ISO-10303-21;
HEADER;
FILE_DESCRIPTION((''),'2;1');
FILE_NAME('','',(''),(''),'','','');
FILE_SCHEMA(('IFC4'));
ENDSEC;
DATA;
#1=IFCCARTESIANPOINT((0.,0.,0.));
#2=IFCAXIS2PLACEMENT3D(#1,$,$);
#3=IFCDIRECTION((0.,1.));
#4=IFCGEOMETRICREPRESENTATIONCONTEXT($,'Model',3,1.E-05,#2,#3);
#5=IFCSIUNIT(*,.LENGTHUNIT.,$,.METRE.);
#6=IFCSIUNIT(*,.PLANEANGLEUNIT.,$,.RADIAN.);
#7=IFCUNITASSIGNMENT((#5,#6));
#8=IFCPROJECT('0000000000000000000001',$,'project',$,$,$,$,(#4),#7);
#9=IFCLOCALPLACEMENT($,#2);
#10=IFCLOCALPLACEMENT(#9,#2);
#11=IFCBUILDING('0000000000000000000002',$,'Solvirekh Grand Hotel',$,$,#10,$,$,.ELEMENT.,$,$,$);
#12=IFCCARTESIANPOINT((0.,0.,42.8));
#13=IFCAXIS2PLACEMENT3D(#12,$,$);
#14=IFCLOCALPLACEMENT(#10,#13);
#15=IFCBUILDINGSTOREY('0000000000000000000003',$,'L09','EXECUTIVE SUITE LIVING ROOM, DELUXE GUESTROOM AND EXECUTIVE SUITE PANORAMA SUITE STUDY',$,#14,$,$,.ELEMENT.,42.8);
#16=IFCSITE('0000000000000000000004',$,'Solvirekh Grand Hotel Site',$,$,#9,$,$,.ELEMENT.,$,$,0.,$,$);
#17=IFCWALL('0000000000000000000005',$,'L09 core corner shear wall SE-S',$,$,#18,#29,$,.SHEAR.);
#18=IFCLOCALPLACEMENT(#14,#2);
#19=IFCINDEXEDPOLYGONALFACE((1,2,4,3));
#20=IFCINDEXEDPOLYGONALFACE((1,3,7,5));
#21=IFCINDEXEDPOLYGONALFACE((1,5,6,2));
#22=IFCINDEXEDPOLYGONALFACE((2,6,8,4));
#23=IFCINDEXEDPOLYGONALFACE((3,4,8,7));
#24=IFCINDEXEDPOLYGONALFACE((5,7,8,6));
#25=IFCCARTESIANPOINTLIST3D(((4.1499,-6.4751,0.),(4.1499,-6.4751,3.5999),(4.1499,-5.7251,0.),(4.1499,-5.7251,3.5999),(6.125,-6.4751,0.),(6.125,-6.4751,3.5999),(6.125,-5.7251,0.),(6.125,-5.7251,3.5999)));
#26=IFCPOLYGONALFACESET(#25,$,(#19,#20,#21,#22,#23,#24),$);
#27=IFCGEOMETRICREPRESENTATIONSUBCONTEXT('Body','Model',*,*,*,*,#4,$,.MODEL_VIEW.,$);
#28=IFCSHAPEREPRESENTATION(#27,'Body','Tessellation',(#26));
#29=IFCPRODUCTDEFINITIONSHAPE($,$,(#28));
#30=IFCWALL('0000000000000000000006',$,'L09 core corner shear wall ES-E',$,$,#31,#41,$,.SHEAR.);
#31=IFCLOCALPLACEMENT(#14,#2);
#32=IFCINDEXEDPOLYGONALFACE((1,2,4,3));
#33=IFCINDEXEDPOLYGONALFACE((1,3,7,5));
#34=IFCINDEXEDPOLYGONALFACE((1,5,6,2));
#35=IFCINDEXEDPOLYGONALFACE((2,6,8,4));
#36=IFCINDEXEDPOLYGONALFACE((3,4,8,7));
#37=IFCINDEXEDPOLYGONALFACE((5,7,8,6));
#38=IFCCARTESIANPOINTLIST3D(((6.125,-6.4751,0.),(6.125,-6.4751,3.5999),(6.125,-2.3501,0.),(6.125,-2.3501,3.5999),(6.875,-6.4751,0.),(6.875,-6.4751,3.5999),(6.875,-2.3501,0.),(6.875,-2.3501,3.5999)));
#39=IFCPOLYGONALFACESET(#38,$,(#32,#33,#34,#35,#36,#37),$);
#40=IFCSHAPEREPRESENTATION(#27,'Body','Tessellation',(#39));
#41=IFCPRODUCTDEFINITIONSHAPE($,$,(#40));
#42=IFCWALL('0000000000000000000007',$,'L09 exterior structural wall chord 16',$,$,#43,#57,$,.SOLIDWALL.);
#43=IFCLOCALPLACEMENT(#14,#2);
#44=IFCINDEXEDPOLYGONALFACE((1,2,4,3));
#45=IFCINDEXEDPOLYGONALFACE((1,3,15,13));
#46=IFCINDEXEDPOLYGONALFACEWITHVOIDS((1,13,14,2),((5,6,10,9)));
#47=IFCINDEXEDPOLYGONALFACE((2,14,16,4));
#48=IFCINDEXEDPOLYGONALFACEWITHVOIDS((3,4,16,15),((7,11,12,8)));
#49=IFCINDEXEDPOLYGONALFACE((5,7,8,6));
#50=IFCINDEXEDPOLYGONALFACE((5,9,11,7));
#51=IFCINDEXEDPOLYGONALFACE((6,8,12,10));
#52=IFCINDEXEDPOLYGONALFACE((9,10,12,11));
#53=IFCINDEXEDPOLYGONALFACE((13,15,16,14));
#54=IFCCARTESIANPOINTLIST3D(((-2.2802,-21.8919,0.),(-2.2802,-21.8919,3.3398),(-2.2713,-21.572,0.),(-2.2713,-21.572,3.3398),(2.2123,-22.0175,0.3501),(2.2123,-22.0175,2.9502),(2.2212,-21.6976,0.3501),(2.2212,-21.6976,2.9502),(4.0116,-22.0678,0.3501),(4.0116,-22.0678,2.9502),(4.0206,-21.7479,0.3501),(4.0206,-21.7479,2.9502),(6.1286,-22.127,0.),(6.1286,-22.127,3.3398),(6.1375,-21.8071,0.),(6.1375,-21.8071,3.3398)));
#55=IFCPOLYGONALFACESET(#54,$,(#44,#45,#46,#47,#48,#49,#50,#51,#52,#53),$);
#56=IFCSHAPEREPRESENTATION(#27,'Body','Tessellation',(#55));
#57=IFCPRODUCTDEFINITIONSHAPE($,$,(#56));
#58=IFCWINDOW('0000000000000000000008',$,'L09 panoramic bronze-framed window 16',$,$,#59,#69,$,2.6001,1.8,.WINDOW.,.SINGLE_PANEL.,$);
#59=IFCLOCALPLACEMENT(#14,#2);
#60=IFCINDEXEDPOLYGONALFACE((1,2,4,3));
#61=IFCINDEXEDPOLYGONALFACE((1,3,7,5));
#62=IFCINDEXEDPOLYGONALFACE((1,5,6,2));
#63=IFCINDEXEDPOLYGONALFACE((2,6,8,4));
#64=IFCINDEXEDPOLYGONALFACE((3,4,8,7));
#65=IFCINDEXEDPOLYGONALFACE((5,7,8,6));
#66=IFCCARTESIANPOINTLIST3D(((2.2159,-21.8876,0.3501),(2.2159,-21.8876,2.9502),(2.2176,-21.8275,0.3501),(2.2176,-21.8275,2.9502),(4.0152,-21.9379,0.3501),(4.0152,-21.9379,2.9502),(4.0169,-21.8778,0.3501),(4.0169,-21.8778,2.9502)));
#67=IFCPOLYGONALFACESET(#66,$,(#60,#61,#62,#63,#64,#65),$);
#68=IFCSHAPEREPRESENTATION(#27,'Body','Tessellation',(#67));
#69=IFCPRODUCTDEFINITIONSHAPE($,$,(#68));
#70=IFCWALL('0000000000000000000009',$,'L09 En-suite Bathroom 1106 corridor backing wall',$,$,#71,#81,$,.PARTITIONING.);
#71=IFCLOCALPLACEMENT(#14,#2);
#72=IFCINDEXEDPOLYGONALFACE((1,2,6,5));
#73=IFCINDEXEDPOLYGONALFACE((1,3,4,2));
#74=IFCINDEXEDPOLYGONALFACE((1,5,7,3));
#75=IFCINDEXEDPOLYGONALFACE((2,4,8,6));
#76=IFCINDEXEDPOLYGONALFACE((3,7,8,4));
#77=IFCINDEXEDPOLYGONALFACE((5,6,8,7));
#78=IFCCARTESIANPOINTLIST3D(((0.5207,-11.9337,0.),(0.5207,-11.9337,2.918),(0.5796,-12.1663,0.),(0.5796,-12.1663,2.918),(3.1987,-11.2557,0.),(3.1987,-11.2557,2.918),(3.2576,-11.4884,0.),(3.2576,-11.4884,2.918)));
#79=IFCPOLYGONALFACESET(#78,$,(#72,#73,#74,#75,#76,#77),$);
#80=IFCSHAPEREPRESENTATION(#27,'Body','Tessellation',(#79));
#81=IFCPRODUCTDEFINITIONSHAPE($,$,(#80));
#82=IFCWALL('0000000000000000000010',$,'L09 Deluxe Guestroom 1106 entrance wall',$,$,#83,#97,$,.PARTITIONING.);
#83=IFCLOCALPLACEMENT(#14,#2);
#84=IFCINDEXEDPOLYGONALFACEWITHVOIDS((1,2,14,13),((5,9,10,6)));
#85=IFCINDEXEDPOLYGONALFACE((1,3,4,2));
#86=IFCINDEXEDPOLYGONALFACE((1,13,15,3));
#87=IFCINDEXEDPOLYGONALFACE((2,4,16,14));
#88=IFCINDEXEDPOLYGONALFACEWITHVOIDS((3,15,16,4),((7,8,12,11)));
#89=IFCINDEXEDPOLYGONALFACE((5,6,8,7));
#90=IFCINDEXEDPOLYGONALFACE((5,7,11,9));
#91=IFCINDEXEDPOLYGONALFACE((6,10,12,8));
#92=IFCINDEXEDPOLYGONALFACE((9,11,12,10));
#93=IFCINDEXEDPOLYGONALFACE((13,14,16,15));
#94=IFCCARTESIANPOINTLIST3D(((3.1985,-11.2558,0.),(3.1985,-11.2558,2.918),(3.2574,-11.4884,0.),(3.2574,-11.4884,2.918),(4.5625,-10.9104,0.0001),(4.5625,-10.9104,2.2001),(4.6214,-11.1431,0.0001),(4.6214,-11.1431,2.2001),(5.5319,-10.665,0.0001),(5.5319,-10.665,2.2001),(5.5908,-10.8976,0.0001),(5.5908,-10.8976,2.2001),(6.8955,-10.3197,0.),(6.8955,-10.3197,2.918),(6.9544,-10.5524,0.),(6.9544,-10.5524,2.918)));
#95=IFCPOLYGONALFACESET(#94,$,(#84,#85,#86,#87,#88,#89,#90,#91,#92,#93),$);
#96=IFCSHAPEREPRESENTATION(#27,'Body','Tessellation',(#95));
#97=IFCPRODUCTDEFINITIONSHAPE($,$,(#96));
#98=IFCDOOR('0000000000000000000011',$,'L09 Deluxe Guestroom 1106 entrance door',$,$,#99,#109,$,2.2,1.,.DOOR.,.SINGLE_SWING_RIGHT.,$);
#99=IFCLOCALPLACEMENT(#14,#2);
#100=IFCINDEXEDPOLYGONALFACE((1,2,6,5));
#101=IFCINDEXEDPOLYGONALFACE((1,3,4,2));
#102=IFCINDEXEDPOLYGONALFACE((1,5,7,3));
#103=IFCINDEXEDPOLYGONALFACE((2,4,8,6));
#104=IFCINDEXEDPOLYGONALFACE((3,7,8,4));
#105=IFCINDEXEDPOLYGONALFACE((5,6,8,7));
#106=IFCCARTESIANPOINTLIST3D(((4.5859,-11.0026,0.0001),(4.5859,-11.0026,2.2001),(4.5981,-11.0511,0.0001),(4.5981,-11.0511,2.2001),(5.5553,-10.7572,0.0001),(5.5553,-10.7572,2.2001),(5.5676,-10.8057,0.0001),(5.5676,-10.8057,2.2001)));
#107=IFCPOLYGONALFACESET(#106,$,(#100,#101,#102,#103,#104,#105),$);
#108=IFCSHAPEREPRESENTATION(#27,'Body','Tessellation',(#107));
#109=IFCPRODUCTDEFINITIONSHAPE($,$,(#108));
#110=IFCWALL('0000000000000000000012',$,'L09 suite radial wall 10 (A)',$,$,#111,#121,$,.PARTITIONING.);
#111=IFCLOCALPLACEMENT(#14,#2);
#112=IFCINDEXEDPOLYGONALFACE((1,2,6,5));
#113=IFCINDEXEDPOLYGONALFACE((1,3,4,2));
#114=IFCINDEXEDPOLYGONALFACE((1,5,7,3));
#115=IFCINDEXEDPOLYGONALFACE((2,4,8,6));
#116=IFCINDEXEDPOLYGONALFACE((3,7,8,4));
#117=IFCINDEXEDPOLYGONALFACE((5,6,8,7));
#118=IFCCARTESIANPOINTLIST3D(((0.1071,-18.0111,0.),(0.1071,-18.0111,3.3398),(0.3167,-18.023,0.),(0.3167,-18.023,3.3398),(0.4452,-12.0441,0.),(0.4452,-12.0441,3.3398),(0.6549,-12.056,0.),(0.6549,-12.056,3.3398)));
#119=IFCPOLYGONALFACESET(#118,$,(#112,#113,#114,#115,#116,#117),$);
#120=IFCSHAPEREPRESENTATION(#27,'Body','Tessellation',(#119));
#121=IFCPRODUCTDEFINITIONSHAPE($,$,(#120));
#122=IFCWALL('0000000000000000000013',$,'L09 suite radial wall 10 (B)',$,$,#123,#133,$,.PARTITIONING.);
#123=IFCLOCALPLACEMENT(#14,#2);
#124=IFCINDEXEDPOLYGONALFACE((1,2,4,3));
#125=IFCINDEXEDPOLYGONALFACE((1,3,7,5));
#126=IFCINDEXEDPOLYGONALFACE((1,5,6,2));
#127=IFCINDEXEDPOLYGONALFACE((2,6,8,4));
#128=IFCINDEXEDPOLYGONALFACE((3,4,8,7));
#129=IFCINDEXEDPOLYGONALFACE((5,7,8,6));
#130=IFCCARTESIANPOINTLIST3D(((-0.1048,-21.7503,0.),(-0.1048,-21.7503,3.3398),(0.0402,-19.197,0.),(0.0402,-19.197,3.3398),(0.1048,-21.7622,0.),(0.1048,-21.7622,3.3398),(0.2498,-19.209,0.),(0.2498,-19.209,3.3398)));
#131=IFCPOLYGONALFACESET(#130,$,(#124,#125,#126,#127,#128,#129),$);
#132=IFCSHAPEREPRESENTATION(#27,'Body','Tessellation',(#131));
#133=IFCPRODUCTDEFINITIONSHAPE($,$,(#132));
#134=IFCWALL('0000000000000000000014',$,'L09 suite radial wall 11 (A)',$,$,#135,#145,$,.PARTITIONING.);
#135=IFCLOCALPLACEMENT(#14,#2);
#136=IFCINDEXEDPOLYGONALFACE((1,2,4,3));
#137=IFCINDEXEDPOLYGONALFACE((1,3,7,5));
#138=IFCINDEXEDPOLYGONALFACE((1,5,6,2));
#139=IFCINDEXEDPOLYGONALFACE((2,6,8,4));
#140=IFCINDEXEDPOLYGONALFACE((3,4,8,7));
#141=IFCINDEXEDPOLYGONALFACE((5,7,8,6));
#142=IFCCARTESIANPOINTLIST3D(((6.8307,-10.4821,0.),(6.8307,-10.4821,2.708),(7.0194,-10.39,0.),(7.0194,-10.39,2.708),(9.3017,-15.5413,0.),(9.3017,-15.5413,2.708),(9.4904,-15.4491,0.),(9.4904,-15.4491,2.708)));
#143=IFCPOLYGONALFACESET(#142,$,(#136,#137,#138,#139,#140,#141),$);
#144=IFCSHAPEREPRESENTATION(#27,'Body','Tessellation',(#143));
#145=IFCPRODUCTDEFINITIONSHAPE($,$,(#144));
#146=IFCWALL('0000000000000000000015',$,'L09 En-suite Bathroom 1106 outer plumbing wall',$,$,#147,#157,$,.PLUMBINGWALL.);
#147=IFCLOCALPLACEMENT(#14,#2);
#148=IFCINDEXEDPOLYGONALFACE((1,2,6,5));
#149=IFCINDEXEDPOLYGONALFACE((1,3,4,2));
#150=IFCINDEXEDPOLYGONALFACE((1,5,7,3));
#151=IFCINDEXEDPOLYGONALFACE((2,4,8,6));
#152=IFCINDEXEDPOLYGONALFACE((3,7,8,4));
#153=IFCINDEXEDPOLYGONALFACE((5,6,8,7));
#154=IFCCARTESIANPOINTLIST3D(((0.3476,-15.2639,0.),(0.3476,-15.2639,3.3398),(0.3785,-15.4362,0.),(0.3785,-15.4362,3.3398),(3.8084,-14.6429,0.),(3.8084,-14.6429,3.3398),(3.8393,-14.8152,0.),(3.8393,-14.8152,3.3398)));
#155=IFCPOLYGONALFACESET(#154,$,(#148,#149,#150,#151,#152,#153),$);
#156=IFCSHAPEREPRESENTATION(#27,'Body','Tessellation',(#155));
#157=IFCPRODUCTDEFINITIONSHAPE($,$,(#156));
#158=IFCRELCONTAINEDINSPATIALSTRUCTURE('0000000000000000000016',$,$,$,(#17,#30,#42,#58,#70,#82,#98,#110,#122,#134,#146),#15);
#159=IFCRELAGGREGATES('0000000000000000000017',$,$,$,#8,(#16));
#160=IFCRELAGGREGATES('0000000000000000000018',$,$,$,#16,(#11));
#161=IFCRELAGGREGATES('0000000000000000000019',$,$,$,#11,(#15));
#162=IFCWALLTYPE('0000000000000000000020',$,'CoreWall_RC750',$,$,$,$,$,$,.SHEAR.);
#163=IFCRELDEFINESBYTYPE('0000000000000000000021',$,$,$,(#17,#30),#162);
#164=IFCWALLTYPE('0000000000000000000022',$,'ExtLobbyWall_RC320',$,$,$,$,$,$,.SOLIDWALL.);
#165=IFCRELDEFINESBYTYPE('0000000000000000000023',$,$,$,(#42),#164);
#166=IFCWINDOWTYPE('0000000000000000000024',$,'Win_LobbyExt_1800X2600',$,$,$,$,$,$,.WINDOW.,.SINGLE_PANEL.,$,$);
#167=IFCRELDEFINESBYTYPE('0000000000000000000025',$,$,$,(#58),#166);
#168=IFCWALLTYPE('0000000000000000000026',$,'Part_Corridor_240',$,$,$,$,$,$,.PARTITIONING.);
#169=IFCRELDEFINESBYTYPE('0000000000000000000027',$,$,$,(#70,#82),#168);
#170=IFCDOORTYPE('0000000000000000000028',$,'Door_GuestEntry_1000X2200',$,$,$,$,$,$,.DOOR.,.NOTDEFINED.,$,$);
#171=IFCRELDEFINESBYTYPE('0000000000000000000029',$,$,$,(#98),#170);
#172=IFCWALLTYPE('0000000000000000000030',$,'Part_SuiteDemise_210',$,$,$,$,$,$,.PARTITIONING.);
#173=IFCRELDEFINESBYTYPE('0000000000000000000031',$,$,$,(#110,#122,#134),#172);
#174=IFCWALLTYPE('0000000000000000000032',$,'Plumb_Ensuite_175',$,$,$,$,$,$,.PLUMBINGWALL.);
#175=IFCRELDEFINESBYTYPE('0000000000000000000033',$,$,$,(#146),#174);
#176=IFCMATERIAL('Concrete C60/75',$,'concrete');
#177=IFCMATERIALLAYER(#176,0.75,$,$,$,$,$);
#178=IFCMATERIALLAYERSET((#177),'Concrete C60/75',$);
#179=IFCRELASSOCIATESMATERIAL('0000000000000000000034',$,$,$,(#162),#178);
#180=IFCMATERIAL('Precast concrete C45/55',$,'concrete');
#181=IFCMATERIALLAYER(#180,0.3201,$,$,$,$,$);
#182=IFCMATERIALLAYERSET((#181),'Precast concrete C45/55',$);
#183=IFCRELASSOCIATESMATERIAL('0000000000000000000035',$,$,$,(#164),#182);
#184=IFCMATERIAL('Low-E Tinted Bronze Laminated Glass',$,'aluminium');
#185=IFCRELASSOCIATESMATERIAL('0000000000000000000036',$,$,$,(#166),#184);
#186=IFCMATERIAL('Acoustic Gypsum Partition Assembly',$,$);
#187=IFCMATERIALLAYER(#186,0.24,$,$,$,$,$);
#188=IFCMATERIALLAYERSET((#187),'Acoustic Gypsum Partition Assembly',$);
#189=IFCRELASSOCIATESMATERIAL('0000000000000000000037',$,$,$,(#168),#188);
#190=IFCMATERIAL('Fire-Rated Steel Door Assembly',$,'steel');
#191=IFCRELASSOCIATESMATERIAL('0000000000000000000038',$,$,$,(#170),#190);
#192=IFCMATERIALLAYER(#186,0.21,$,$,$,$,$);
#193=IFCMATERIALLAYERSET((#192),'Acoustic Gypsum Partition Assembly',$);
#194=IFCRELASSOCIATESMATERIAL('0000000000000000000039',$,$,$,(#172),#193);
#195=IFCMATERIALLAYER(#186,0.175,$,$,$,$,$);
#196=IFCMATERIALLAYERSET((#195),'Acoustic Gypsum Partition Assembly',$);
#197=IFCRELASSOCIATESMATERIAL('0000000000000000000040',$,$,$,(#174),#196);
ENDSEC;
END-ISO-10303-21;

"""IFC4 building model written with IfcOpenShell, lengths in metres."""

from ifc_helpers import new_model, si_unit, direction, frame, frame_2d, origin, place, context, subcontext, project, spatial, rectangle, extrude, material, layer, layer_set, type_object, element, fill, save


model = new_model("IFC4")

# Units and contexts
model_context = context("Model", 3, precision=1e-05, world=origin(), true_north=direction((0.0, 1.0)))
body_context = subcontext(model_context, "Body", "Model", "MODEL_VIEW")
ifc_project = project(units=[si_unit("LENGTHUNIT", "METRE"), si_unit("PLANEANGLEUNIT", "RADIAN")], contexts=[model_context])

# Site, building, storey
site_placement = place(None, origin())
site = spatial("IfcSite", under=ifc_project, at=site_placement, Name="Solvirekh Grand Hotel Site", CompositionType="ELEMENT", RefElevation=0.0)
building_placement = place(site_placement, origin())
building = spatial("IfcBuilding", under=site, at=building_placement, Name="Solvirekh Grand Hotel", CompositionType="ELEMENT")
storey_placement = place(building_placement, frame((0.0, 0.0, 42.8)))
storey = spatial("IfcBuildingStorey", under=building, at=storey_placement, Name="L09", Description="EXECUTIVE SUITE LIVING ROOM, DELUXE GUESTROOM AND EXECUTIVE SUITE PANORAMA SUITE STUDY", CompositionType="ELEMENT", Elevation=42.8)

# Shared definitions
ifc_material_1 = material(Name="Concrete C60/75", Category="concrete")

# Walls
ifc_layer_1 = layer(ifc_material_1, 0.75)
ifc_layer_set_1 = layer_set([ifc_layer_1], Name="Concrete C60/75")
wall_type_1 = type_object("IfcWallType", Name="CoreWall_RC750", PredefinedType="SHEAR", material=ifc_layer_set_1)
wall_1_placement = place(storey_placement, frame((4.1499, -6.1001, 0.0), z_axis=(0.0, 0.0, 1.0), x_axis=(1.0, 0.0, 0.0)))
element("IfcWall", 1, at=wall_1_placement, inside=storey, type_object=wall_type_1, Name="L09 core corner shear wall SE-S", PredefinedType="SHEAR", context=body_context, shape_type="SweptSolid", body=[
    extrude(rectangle(XDim=1.9751, YDim=0.75, at=frame_2d((0.9875, 0.0))), origin(), (0.0, 0.0, 1.0), 3.5999),
])
wall_2_placement = place(storey_placement, frame((6.5, -6.4751, 0.0), z_axis=(0.0, 0.0, 1.0), x_axis=(0.0, 1.0, 0.0)))
element("IfcWall", 2, at=wall_2_placement, inside=storey, type_object=wall_type_1, Name="L09 core corner shear wall ES-E", PredefinedType="SHEAR", context=body_context, shape_type="SweptSolid", body=[
    extrude(rectangle(XDim=4.125, YDim=0.75, at=frame_2d((2.0625, 0.0))), origin(), (0.0, 0.0, 1.0), 3.5999),
])

# Wall, opening, window
ifc_material_2 = material(Name="Precast concrete C45/55", Category="concrete")
ifc_layer_2 = layer(ifc_material_2, 0.3201)
ifc_layer_set_2 = layer_set([ifc_layer_2], Name="Precast concrete C45/55")
wall_type_2 = type_object("IfcWallType", Name="ExtLobbyWall_RC320", PredefinedType="SOLIDWALL", material=ifc_layer_set_2)
wall_3_placement = place(storey_placement, frame((6.1331, -21.967, 0.0), z_axis=(0.0, 0.0, 1.0), x_axis=(-0.999609, 0.027948, 0.0)))
wall_3 = element("IfcWall", 3, at=wall_3_placement, inside=storey, type_object=wall_type_2, Name="L09 exterior structural wall chord 16", PredefinedType="SOLIDWALL", context=body_context, shape_type="SweptSolid", body=[
    extrude(rectangle(XDim=8.4121, YDim=0.3201, at=frame_2d((4.2061, 0.0))), origin(), (0.0, 0.0, 1.0), 3.3398),
])
opening_1_placement = place(wall_3_placement, frame((2.1179, 0.0, 0.3501)))
opening_1 = element("IfcOpeningElement", 4, at=opening_1_placement, cuts=wall_3, PredefinedType="OPENING", context=body_context, shape_type="SweptSolid", body=[
    extrude(rectangle(XDim=1.8, YDim=2.6001, at=frame_2d((0.8999, 1.3))), frame((0.0, 0.1699, 0.0), z_axis=(0.0, -1.0, 0.0), x_axis=(1.0, 0.0, 0.0)), (0.0, 0.0, 1.0), 0.3401),
])
ifc_material_3 = material(Name="Low-E Tinted Bronze Laminated Glass", Category="aluminium")
window_type = type_object("IfcWindowType", Name="Win_LobbyExt_1800X2600", PartitioningType="SINGLE_PANEL", PredefinedType="WINDOW", material=ifc_material_3)
window_placement = place(opening_1_placement, origin())
window = element("IfcWindow", 5, at=window_placement, inside=storey, type_object=window_type, Name="L09 panoramic bronze-framed window 16", OverallHeight=2.6001, OverallWidth=1.8, PartitioningType="SINGLE_PANEL", PredefinedType="WINDOW", context=body_context, shape_type="SweptSolid", body=[
    extrude(rectangle(XDim=1.8, YDim=2.6001, at=frame_2d((0.8999, 1.3))), frame((0.0, 0.03, 0.0), z_axis=(0.0, -1.0, 0.0), x_axis=(1.0, 0.0, 0.0)), (0.0, 0.0, 1.0), 0.0601),
])
fill(opening_1, window)

# Wall
ifc_material_4 = material(Name="Acoustic Gypsum Partition Assembly")
ifc_layer_3 = layer(ifc_material_4, 0.24)
ifc_layer_set_3 = layer_set([ifc_layer_3], Name="Acoustic Gypsum Partition Assembly")
wall_type_3 = type_object("IfcWallType", Name="Part_Corridor_240", PredefinedType="PARTITIONING", material=ifc_layer_set_3)
wall_4_placement = place(storey_placement, frame((0.55, -12.05, 0.0), z_axis=(0.0, 0.0, 1.0), x_axis=(0.969416, 0.245425, 0.0)))
element("IfcWall", 6, at=wall_4_placement, inside=storey, type_object=wall_type_3, Name="L09 En-suite Bathroom 1106 corridor backing wall", PredefinedType="PARTITIONING", context=body_context, shape_type="SweptSolid", body=[
    extrude(rectangle(XDim=2.7625, YDim=0.24, at=frame_2d((1.3813, 0.0))), origin(), (0.0, 0.0, 1.0), 2.918),
])

# Wall, opening, door
wall_5_placement = place(storey_placement, frame((3.228, -11.3721, 0.0), z_axis=(0.0, 0.0, 1.0), x_axis=(0.969411, 0.245442, 0.0)))
wall_5 = element("IfcWall", 7, at=wall_5_placement, inside=storey, type_object=wall_type_3, Name="L09 Deluxe Guestroom 1106 entrance wall", PredefinedType="PARTITIONING", context=body_context, shape_type="SweptSolid", body=[
    extrude(rectangle(XDim=3.8137, YDim=0.24, at=frame_2d((1.9067, 0.0))), origin(), (0.0, 0.0, 1.0), 2.918),
])
opening_2_placement = place(wall_5_placement, frame((1.407, 0.0, 0.0)))
opening_2 = element("IfcOpeningElement", 8, at=opening_2_placement, cuts=wall_5, PredefinedType="OPENING", context=body_context, shape_type="SweptSolid", body=[
    extrude(rectangle(XDim=1.0, YDim=2.2, at=frame_2d((0.5, 1.1001))), frame((0.0, 0.1299, 0.0), z_axis=(0.0, -1.0, 0.0), x_axis=(1.0, 0.0, 0.0)), (0.0, 0.0, 1.0), 0.26),
])
ifc_material_5 = material(Name="Fire-Rated Steel Door Assembly", Category="steel")
door_type_1 = type_object("IfcDoorType", Name="Door_GuestEntry_1000X2200", OperationType="NOTDEFINED", PredefinedType="DOOR", material=ifc_material_5)
door_1_placement = place(opening_2_placement, origin())
door_1 = element("IfcDoor", 9, at=door_1_placement, inside=storey, type_object=door_type_1, Name="L09 Deluxe Guestroom 1106 entrance door", OperationType="SINGLE_SWING_RIGHT", OverallHeight=2.2, OverallWidth=1.0, PredefinedType="DOOR", context=body_context, shape_type="SweptSolid", body=[
    extrude(rectangle(XDim=1.0, YDim=2.2, at=frame_2d((0.5, 1.1001))), frame((0.0, 0.0249, 0.0), z_axis=(0.0, -1.0, 0.0), x_axis=(1.0, 0.0, 0.0)), (0.0, 0.0, 1.0), 0.05),
])
fill(opening_2, door_1)

# Walls
ifc_layer_4 = layer(ifc_material_4, 0.21)
ifc_layer_set_4 = layer_set([ifc_layer_4], Name="Acoustic Gypsum Partition Assembly")
wall_type_4 = type_object("IfcWallType", Name="Part_SuiteDemise_210", PredefinedType="PARTITIONING", material=ifc_layer_set_4)
wall_6_placement = place(storey_placement, frame((0.55, -12.05, 0.0), z_axis=(0.0, 0.0, 1.0), x_axis=(-0.056576, -0.998398, 0.0)))
element("IfcWall", 10, at=wall_6_placement, inside=storey, type_object=wall_type_4, Name="L09 suite radial wall 10 (A)", PredefinedType="PARTITIONING", context=body_context, shape_type="SweptSolid", body=[
    extrude(rectangle(XDim=5.9766, YDim=0.21, at=frame_2d((2.9883, 0.0))), origin(), (0.0, 0.0, 1.0), 3.3398),
])
wall_7_placement = place(storey_placement, frame((0.145, -19.2029, 0.0), z_axis=(0.0, 0.0, 1.0), x_axis=(-0.056707, -0.998391, 0.0)))
element("IfcWall", 11, at=wall_7_placement, inside=storey, type_object=wall_type_4, Name="L09 suite radial wall 10 (B)", PredefinedType="PARTITIONING", context=body_context, shape_type="SweptSolid", body=[
    extrude(rectangle(XDim=2.5574, YDim=0.21, at=frame_2d((1.2788, 0.0))), origin(), (0.0, 0.0, 1.0), 3.3398),
])
wall_8_placement = place(storey_placement, frame((6.925, -10.436, 0.0), z_axis=(0.0, 0.0, 1.0), x_axis=(0.438869, -0.898551, 0.0)))
element("IfcWall", 12, at=wall_8_placement, inside=storey, type_object=wall_type_4, Name="L09 suite radial wall 11 (A)", PredefinedType="PARTITIONING", context=body_context, shape_type="SweptSolid", body=[
    extrude(rectangle(XDim=5.6304, YDim=0.21, at=frame_2d((2.8152, 0.0))), origin(), (0.0, 0.0, 1.0), 2.708),
])
ifc_layer_5 = layer(ifc_material_4, 0.175)
ifc_layer_set_5 = layer_set([ifc_layer_5], Name="Acoustic Gypsum Partition Assembly")
wall_type_5 = type_object("IfcWallType", Name="Plumb_Ensuite_175", PredefinedType="PLUMBINGWALL", material=ifc_layer_set_5)
wall_9_placement = place(storey_placement, frame((0.363, -15.3501, 0.0), z_axis=(0.0, 0.0, 1.0), x_axis=(0.984276, 0.176636, 0.0)))
element("IfcWall", 13, at=wall_9_placement, inside=storey, type_object=wall_type_5, Name="L09 En-suite Bathroom 1106 outer plumbing wall", PredefinedType="PLUMBINGWALL", context=body_context, shape_type="SweptSolid", body=[
    extrude(rectangle(XDim=3.5161, YDim=0.175, at=frame_2d((1.7581, 0.0))), origin(), (0.0, 0.0, 1.0), 3.3398),
])

save(model, "model.ifc")
